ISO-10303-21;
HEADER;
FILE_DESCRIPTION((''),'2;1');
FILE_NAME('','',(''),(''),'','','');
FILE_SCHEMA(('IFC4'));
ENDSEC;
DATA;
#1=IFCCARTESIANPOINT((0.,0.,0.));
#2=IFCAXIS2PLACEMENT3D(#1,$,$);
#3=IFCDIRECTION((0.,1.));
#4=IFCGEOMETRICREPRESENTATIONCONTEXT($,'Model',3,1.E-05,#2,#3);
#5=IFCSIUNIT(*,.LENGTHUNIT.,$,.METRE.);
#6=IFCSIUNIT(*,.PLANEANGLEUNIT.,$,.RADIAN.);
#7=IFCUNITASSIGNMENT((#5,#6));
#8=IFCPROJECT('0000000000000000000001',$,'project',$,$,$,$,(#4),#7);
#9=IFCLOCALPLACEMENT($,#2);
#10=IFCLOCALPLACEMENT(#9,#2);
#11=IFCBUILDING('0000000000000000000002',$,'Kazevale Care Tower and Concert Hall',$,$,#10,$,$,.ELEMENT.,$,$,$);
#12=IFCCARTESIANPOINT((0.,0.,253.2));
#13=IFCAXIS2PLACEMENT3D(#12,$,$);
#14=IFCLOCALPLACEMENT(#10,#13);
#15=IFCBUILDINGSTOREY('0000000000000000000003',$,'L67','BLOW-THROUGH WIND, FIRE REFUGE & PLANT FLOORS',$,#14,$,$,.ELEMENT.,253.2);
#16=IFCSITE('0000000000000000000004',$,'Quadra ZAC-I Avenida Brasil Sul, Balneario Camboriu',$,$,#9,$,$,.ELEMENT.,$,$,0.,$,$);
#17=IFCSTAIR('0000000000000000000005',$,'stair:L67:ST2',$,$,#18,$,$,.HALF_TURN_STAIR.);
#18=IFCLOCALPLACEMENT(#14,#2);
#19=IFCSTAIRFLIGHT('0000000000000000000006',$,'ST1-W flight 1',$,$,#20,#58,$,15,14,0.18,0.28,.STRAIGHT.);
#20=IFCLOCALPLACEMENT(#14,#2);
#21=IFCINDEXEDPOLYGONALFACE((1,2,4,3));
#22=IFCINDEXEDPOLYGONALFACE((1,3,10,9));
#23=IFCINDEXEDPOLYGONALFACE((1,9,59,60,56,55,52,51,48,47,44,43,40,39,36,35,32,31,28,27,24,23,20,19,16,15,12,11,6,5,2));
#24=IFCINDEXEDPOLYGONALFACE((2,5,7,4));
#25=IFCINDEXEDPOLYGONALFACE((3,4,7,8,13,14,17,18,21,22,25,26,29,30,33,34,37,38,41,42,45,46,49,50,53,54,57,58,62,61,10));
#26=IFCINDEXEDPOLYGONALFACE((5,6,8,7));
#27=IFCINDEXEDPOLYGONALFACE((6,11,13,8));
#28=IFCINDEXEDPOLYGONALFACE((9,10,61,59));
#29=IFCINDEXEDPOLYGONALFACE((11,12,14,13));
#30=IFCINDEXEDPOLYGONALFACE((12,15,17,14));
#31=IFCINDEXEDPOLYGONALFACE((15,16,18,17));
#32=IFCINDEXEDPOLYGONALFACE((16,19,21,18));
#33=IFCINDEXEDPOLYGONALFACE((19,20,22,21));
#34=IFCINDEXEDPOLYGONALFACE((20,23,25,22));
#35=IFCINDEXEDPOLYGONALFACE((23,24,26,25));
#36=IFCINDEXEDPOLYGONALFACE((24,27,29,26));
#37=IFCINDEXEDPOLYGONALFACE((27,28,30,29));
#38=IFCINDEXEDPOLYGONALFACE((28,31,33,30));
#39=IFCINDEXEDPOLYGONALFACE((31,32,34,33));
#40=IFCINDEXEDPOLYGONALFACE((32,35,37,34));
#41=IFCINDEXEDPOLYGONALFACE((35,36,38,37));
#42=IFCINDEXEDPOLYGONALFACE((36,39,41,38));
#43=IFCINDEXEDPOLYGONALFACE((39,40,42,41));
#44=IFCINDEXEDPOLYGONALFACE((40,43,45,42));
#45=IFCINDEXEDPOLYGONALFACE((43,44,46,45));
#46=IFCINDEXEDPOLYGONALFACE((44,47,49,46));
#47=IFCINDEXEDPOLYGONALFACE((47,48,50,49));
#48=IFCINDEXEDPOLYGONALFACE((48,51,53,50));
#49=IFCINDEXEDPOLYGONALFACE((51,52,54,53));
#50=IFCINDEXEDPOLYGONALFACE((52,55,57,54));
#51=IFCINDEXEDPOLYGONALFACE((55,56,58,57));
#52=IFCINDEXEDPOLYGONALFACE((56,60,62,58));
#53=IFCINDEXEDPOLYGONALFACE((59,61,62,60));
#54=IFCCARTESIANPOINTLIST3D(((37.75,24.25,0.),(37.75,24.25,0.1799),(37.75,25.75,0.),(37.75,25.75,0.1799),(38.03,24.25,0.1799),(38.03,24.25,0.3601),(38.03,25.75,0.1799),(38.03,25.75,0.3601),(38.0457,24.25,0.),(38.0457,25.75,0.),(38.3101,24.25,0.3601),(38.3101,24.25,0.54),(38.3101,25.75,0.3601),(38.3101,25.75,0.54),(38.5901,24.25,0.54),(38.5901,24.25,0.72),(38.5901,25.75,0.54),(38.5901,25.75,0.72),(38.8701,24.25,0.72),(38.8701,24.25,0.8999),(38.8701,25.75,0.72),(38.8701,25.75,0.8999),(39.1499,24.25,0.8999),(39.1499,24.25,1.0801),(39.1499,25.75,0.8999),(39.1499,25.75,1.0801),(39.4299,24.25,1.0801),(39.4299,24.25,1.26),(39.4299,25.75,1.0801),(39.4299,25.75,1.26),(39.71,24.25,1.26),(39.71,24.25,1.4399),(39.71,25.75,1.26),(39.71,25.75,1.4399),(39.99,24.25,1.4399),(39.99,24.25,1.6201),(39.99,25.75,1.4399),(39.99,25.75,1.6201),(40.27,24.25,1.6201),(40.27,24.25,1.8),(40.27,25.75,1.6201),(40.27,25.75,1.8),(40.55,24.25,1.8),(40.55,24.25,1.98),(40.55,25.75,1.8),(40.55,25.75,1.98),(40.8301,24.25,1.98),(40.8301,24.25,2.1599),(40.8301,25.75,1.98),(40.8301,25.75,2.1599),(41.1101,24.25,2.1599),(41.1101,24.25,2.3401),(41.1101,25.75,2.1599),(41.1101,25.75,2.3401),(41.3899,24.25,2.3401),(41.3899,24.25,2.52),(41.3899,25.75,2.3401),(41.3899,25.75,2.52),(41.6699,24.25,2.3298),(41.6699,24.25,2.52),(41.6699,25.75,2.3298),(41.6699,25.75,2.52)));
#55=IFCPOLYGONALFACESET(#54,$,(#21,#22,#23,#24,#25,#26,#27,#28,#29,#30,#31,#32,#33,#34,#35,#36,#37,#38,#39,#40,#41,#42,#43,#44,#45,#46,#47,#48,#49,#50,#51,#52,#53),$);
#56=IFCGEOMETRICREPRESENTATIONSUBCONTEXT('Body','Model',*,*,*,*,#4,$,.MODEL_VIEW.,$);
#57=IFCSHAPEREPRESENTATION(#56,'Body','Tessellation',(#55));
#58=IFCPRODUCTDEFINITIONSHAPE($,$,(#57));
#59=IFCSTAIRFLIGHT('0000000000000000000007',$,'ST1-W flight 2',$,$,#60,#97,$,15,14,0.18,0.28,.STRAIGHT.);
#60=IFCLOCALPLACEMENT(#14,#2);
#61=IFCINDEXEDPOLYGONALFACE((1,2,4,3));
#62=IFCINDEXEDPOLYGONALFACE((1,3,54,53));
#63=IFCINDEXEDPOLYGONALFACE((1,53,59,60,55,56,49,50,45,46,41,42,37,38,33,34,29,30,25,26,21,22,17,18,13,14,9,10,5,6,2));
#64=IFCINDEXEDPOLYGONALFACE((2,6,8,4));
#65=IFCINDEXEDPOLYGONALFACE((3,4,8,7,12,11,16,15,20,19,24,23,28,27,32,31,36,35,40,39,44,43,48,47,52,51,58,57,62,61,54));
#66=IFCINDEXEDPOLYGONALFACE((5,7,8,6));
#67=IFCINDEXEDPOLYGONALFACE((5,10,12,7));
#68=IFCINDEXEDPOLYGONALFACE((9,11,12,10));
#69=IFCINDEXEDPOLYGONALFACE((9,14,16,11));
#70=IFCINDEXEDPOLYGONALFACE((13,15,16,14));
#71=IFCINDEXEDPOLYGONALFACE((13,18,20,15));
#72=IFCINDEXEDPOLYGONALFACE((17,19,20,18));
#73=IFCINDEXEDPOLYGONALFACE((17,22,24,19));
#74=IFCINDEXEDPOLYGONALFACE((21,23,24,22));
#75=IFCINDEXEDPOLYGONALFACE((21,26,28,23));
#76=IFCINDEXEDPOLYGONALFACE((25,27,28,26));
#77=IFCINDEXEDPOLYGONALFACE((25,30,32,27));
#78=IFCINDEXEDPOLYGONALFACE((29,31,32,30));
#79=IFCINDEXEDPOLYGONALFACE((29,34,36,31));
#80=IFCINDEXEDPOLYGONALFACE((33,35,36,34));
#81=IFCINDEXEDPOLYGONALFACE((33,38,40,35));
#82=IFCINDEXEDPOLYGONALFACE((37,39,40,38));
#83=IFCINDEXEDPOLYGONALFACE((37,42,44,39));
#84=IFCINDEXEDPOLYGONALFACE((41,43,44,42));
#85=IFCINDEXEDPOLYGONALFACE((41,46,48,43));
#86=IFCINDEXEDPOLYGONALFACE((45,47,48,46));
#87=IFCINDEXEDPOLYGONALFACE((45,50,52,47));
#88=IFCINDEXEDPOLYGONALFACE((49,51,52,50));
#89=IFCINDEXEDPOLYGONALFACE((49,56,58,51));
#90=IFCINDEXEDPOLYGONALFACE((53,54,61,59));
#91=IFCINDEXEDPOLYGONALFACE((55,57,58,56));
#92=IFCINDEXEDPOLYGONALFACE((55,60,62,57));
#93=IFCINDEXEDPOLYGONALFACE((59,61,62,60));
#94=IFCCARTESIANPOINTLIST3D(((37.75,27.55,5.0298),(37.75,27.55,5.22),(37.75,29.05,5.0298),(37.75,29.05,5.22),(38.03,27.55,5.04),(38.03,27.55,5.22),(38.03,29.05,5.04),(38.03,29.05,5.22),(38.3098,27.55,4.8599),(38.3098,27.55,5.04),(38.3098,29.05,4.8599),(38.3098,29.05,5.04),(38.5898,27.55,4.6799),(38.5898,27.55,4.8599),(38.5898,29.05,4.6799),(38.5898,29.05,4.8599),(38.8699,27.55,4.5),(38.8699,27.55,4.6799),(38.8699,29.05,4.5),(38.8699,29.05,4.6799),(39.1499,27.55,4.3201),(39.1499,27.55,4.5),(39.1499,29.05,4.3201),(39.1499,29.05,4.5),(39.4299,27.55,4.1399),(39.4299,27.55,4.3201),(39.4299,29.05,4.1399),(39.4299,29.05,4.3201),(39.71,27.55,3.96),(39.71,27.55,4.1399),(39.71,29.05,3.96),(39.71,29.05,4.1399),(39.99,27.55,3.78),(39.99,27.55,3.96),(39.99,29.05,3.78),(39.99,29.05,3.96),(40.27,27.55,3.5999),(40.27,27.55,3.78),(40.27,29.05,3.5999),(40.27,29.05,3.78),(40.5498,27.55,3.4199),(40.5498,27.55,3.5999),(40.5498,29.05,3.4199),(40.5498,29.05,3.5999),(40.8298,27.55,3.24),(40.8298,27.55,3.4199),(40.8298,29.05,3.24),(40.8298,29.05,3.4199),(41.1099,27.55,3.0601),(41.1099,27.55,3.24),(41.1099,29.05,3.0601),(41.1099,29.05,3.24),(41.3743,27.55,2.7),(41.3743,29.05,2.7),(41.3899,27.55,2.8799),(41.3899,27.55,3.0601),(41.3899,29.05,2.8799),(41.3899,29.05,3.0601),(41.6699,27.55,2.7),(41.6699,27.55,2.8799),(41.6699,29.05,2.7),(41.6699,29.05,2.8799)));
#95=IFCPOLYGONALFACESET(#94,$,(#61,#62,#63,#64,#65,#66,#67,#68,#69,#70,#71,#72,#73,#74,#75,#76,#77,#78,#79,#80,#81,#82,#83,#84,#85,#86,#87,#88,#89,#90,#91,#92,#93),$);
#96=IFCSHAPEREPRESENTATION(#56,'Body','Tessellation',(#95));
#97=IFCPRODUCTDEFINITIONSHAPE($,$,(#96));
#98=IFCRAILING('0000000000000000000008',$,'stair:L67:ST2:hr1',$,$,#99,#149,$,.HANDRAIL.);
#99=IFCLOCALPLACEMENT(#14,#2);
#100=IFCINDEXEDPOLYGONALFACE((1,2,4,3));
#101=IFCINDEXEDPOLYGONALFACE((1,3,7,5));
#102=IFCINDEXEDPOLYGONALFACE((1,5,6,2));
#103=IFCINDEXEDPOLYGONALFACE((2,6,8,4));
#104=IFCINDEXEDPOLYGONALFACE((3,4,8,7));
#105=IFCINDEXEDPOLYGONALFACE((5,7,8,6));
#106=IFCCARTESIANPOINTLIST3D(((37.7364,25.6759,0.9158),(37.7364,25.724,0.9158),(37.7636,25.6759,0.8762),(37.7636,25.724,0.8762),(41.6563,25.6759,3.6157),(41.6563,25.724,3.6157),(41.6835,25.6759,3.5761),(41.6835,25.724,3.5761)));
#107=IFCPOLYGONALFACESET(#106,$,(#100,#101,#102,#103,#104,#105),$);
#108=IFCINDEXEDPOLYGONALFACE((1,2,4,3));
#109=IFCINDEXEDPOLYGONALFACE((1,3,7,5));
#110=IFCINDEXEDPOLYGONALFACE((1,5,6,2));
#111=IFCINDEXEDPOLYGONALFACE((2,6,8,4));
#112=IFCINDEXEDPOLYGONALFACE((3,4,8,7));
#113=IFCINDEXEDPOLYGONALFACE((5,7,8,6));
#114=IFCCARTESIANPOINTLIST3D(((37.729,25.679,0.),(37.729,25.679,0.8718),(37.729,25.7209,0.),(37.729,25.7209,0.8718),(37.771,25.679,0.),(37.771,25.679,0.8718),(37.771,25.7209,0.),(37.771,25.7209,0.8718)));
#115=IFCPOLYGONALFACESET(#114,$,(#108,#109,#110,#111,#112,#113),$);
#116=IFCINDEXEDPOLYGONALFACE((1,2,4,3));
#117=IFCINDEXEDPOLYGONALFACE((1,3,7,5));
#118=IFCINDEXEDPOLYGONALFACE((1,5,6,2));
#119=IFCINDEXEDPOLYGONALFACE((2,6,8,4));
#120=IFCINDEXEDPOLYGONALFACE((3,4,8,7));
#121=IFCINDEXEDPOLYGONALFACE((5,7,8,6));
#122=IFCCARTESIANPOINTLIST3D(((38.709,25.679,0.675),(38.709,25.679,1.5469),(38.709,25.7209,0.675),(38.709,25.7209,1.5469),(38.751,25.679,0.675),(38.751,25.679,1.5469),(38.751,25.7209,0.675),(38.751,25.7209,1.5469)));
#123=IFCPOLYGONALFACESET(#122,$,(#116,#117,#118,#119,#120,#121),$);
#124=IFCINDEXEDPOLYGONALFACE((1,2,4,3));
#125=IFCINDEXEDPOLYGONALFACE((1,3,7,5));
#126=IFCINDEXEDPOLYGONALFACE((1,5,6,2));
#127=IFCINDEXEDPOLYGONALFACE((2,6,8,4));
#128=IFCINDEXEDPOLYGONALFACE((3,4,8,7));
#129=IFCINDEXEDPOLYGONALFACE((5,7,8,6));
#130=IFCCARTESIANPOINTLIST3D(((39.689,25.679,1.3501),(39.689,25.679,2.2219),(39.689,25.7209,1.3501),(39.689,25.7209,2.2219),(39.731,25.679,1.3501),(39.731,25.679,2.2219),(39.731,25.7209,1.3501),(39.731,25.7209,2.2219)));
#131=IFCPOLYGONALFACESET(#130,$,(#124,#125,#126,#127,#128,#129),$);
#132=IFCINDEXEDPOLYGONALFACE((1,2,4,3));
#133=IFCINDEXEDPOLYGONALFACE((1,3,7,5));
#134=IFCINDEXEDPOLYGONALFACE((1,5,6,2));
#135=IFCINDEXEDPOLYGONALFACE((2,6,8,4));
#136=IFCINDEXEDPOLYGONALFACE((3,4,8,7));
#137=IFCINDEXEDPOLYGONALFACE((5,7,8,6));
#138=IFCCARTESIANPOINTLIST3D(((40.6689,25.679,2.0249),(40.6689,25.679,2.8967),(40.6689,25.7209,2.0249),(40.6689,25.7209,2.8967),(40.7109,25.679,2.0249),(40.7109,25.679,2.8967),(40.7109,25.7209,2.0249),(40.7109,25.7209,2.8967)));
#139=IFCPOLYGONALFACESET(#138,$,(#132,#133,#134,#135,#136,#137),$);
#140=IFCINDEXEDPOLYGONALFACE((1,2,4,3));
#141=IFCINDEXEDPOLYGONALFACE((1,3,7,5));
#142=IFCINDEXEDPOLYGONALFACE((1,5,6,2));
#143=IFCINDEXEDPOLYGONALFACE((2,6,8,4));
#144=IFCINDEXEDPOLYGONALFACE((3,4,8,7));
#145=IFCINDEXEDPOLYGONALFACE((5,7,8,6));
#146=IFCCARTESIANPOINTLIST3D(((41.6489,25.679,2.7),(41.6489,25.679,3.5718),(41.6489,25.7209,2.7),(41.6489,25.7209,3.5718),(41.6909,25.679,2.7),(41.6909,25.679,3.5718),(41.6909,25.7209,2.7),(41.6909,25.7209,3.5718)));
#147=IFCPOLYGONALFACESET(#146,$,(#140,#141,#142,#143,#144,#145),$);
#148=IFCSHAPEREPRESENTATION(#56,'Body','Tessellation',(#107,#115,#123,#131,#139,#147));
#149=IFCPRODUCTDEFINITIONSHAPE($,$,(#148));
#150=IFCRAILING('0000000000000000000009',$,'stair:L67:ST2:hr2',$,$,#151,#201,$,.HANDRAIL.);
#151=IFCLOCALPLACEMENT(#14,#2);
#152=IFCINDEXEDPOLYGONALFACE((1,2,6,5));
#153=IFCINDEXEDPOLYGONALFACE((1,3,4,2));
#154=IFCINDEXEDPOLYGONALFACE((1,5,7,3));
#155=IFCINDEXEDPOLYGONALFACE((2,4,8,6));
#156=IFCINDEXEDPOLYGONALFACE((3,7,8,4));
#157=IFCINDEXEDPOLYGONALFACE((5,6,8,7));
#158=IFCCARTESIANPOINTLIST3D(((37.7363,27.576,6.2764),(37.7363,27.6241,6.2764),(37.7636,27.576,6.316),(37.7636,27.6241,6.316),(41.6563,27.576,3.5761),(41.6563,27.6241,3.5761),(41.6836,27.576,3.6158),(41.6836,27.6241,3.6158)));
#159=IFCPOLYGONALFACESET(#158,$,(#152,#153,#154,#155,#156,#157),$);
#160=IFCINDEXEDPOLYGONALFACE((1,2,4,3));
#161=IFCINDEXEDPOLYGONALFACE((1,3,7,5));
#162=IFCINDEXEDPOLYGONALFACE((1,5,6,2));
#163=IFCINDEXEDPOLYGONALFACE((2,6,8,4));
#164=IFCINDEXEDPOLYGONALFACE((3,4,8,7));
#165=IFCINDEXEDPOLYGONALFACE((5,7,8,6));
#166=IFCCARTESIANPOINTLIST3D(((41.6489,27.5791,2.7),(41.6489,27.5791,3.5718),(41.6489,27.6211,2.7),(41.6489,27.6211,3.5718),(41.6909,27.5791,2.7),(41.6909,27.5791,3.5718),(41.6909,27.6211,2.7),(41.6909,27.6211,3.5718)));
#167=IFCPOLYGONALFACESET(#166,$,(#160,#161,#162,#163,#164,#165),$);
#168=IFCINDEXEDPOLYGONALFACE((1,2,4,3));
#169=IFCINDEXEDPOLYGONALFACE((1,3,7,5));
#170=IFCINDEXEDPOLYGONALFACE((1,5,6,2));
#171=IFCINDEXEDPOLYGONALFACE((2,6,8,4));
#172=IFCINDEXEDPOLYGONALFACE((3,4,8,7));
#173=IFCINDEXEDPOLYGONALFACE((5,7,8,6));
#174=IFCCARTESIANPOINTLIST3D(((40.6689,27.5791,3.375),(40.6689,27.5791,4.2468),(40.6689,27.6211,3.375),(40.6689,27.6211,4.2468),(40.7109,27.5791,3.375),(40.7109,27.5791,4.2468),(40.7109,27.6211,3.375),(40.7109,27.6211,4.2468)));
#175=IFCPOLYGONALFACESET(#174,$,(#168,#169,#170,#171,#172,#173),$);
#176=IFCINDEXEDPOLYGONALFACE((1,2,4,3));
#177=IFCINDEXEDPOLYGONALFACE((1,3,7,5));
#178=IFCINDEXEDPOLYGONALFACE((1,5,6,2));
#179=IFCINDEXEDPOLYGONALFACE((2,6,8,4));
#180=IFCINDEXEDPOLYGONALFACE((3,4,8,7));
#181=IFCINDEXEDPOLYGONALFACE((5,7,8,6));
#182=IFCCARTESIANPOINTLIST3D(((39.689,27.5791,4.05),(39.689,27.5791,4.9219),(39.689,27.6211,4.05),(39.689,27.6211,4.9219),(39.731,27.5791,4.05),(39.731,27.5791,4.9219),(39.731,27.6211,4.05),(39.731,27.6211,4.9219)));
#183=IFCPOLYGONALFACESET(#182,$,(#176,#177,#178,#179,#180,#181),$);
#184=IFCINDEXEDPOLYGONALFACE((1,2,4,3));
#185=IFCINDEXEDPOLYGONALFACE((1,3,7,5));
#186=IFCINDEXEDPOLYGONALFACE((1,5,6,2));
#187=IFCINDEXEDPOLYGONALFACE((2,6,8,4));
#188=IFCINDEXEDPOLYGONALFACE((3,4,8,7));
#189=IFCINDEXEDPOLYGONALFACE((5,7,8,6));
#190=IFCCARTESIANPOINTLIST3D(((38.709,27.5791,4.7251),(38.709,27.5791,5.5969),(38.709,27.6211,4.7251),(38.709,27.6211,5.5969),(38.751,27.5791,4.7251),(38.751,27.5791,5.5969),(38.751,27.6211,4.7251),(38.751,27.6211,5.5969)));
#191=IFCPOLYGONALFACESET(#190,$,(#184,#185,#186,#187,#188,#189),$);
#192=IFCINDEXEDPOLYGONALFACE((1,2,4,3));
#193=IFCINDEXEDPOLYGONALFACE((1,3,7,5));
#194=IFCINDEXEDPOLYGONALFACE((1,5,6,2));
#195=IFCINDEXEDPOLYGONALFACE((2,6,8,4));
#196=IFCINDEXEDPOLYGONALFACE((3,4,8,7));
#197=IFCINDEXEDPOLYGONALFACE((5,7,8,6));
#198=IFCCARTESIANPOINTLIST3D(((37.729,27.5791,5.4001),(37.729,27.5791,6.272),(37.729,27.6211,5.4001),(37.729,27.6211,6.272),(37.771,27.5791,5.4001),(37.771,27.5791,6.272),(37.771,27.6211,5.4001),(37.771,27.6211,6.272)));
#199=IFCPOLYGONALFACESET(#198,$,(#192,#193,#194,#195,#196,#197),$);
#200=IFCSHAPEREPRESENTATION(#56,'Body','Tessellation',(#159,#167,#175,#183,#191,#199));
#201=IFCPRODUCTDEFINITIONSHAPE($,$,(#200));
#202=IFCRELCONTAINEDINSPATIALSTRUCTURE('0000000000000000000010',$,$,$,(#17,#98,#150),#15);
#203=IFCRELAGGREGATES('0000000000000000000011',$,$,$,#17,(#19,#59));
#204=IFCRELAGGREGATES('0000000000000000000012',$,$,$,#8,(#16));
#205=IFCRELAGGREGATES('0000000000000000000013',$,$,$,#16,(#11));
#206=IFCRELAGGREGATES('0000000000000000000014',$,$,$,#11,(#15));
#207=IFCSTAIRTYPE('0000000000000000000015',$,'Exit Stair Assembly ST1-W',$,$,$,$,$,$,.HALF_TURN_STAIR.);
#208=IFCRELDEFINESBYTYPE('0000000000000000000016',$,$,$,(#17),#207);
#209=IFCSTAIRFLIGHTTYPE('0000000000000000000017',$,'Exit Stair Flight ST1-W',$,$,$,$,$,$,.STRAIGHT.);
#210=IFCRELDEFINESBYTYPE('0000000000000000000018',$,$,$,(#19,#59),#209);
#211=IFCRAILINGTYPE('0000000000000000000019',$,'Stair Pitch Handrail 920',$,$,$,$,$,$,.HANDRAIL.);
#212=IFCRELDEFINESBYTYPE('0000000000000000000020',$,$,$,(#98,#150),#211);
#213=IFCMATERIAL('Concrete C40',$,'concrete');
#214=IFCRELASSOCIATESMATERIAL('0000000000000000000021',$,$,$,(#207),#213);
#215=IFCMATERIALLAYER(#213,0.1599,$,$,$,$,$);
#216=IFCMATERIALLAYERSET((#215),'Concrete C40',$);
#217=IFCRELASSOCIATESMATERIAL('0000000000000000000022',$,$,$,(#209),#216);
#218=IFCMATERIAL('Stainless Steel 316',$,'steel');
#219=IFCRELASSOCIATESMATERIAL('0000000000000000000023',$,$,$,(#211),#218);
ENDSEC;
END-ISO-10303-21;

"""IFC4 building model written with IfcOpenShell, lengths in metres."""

from ifc_helpers import new_model, si_unit, direction, frame, origin, origin_2d, place, context, subcontext, project, spatial, polyline, rectangle, outline, extrude, material, layer, layer_set, type_object, element, aggregate, save


model = new_model("IFC4")

# Units and contexts
model_context = context("Model", 3, precision=1e-05, world=origin(), true_north=direction((0.0, 1.0)))
body_context = subcontext(model_context, "Body", "Model", "MODEL_VIEW")
ifc_project = project(units=[si_unit("LENGTHUNIT", "METRE"), si_unit("PLANEANGLEUNIT", "RADIAN")], contexts=[model_context])

# Site, building, storey
site_placement = place(None, origin())
site = spatial("IfcSite", under=ifc_project, at=site_placement, Name="Quadra ZAC-I Avenida Brasil Sul, Balneario Camboriu", CompositionType="ELEMENT", RefElevation=0.0)
building_placement = place(site_placement, origin())
building = spatial("IfcBuilding", under=site, at=building_placement, Name="Kazevale Care Tower and Concert Hall", CompositionType="ELEMENT")
storey_placement = place(building_placement, frame((0.0, 0.0, 253.2)))
storey = spatial("IfcBuildingStorey", under=building, at=storey_placement, Name="L67", Description="BLOW-THROUGH WIND, FIRE REFUGE & PLANT FLOORS", CompositionType="ELEMENT", Elevation=253.2)

# Stair, stair flights
ifc_material_1 = material(Name="Concrete C40", Category="concrete")
stair_type = type_object("IfcStairType", Name="Exit Stair Assembly ST1-W", PredefinedType="HALF_TURN_STAIR", material=ifc_material_1)
stair_placement = place(storey_placement, origin())
stair = element("IfcStair", 1, at=stair_placement, inside=storey, type_object=stair_type, Name="stair:L67:ST2", PredefinedType="HALF_TURN_STAIR")
ifc_layer_1 = layer(ifc_material_1, 0.1599)
ifc_layer_set_1 = layer_set([ifc_layer_1], Name="Concrete C40")
stair_flight_type = type_object("IfcStairFlightType", Name="Exit Stair Flight ST1-W", PredefinedType="STRAIGHT", material=ifc_layer_set_1)
stair_flight_1_placement = place(storey_placement, frame((37.75, 25.0, 0.0), z_axis=(0.0, 0.0, 1.0), x_axis=(1.0, 0.0, 0.0)))
stair_flight_1 = element("IfcStairFlight", 2, at=stair_flight_1_placement, type_object=stair_flight_type, Name="ST1-W flight 1", NumberOfRisers=15, NumberOfTreads=14, PredefinedType="STRAIGHT", RiserHeight=0.18, TreadLength=0.28, context=body_context, shape_type="SweptSolid", body=[
    extrude(outline(polyline([(0.0, 0.0), (0.0, 0.1799), (0.28, 0.1799), (0.28, 0.3601), (0.5601, 0.3601), (0.5601, 0.54), (0.8401, 0.54), (0.8401, 0.72), (1.1201, 0.72), (1.1201, 0.8999), (1.3999, 0.8999), (1.3999, 1.0801), (1.6799, 1.0801), (1.6799, 1.26), (1.96, 1.26), (1.96, 1.4399), (2.24, 1.4399), (2.24, 1.6201), (2.52, 1.6201), (2.52, 1.8), (2.8, 1.8), (2.8, 1.98), (3.0801, 1.98), (3.0801, 2.1599), (3.3601, 2.1599), (3.3601, 2.3401), (3.6399, 2.3401), (3.6399, 2.52), (3.9199, 2.52), (3.9199, 2.7), (3.9199, 2.3298), (0.2957, 0.0), (0.0, 0.0)])), frame((0.0, 0.75, 0.0), z_axis=(0.0, -1.0, 0.0), x_axis=(1.0, 0.0, 0.0)), (0.0, 0.0, 1.0), 1.5),
])
stair_flight_2_placement = place(storey_placement, frame((41.6699, 28.3, 2.7), z_axis=(0.0, 0.0, 1.0), x_axis=(-1.0, 0.0, 0.0)))
stair_flight_2 = element("IfcStairFlight", 3, at=stair_flight_2_placement, type_object=stair_flight_type, Name="ST1-W flight 2", NumberOfRisers=15, NumberOfTreads=14, PredefinedType="STRAIGHT", RiserHeight=0.18, TreadLength=0.28, context=body_context, shape_type="SweptSolid", body=[
    extrude(outline(polyline([(0.0, 0.0), (0.0, 0.1799), (0.28, 0.1799), (0.28, 0.3601), (0.5601, 0.3601), (0.5601, 0.54), (0.8401, 0.54), (0.8401, 0.72), (1.1201, 0.72), (1.1201, 0.8999), (1.3999, 0.8999), (1.3999, 1.0801), (1.6799, 1.0801), (1.6799, 1.26), (1.96, 1.26), (1.96, 1.4399), (2.24, 1.4399), (2.24, 1.6201), (2.52, 1.6201), (2.52, 1.8), (2.8, 1.8), (2.8, 1.98), (3.0801, 1.98), (3.0801, 2.1599), (3.3601, 2.1599), (3.3601, 2.3401), (3.6399, 2.3401), (3.6399, 2.52), (3.9199, 2.52), (3.9199, 2.7), (3.9199, 2.3298), (0.2957, 0.0), (0.0, 0.0)])), frame((0.0, 0.75, 0.0), z_axis=(0.0, -1.0, 0.0), x_axis=(1.0, 0.0, 0.0)), (0.0, 0.0, 1.0), 1.5),
])
aggregate(stair, [stair_flight_1, stair_flight_2])

# Railings
ifc_material_2 = material(Name="Stainless Steel 316", Category="steel")
railing_type_1 = type_object("IfcRailingType", Name="Stair Pitch Handrail 920", PredefinedType="HANDRAIL", material=ifc_material_2)
railing_1_placement = place(storey_placement, frame((37.75, 25.7, 0.0)))
element("IfcRailing", 4, at=railing_1_placement, inside=storey, type_object=railing_type_1, Name="stair:L67:ST2:hr1", PredefinedType="HANDRAIL", context=body_context, shape_type="SweptSolid", body=[
    extrude(rectangle(XDim=0.0481, YDim=0.0481, at=origin_2d()), frame((0.0, 0.0, 0.896), z_axis=(0.823551, 0.0, 0.567243), x_axis=(0.0, 1.0, 0.0)), (0.0, 0.0, 1.0), 4.7598),
    extrude(rectangle(XDim=0.042, YDim=0.042, at=origin_2d()), origin(), (0.0, 0.0, 1.0), 0.8718),
    extrude(rectangle(XDim=0.042, YDim=0.042, at=origin_2d()), frame((0.98, 0.0, 0.675)), (0.0, 0.0, 1.0), 0.8718),
    extrude(rectangle(XDim=0.042, YDim=0.042, at=origin_2d()), frame((1.96, 0.0, 1.3501)), (0.0, 0.0, 1.0), 0.8718),
    extrude(rectangle(XDim=0.042, YDim=0.042, at=origin_2d()), frame((2.9399, 0.0, 2.0249)), (0.0, 0.0, 1.0), 0.8718),
    extrude(rectangle(XDim=0.042, YDim=0.042, at=origin_2d()), frame((3.9199, 0.0, 2.7)), (0.0, 0.0, 1.0), 0.8718),
])
railing_2_placement = place(storey_placement, frame((41.6699, 27.6001, 2.7)))
element("IfcRailing", 5, at=railing_2_placement, inside=storey, type_object=railing_type_1, Name="stair:L67:ST2:hr2", PredefinedType="HANDRAIL", context=body_context, shape_type="SweptSolid", body=[
    extrude(rectangle(XDim=0.0481, YDim=0.0481, at=origin_2d()), frame((0.0, 0.0, 0.896), z_axis=(-0.823527, 0.0, 0.567277), x_axis=(0.0, -1.0, 0.0)), (0.0, 0.0, 1.0), 4.76),
    extrude(rectangle(XDim=0.042, YDim=0.042, at=origin_2d()), origin(), (0.0, 0.0, 1.0), 0.8718),
    extrude(rectangle(XDim=0.042, YDim=0.042, at=origin_2d()), frame((-0.98, 0.0, 0.675)), (0.0, 0.0, 1.0), 0.8718),
    extrude(rectangle(XDim=0.042, YDim=0.042, at=origin_2d()), frame((-1.96, 0.0, 1.3501)), (0.0, 0.0, 1.0), 0.8718),
    extrude(rectangle(XDim=0.042, YDim=0.042, at=origin_2d()), frame((-2.9399, 0.0, 2.0251)), (0.0, 0.0, 1.0), 0.8718),
    extrude(rectangle(XDim=0.042, YDim=0.042, at=origin_2d()), frame((-3.9199, 0.0, 2.7002)), (0.0, 0.0, 1.0), 0.8718),
])

save(model, "model.ifc")
